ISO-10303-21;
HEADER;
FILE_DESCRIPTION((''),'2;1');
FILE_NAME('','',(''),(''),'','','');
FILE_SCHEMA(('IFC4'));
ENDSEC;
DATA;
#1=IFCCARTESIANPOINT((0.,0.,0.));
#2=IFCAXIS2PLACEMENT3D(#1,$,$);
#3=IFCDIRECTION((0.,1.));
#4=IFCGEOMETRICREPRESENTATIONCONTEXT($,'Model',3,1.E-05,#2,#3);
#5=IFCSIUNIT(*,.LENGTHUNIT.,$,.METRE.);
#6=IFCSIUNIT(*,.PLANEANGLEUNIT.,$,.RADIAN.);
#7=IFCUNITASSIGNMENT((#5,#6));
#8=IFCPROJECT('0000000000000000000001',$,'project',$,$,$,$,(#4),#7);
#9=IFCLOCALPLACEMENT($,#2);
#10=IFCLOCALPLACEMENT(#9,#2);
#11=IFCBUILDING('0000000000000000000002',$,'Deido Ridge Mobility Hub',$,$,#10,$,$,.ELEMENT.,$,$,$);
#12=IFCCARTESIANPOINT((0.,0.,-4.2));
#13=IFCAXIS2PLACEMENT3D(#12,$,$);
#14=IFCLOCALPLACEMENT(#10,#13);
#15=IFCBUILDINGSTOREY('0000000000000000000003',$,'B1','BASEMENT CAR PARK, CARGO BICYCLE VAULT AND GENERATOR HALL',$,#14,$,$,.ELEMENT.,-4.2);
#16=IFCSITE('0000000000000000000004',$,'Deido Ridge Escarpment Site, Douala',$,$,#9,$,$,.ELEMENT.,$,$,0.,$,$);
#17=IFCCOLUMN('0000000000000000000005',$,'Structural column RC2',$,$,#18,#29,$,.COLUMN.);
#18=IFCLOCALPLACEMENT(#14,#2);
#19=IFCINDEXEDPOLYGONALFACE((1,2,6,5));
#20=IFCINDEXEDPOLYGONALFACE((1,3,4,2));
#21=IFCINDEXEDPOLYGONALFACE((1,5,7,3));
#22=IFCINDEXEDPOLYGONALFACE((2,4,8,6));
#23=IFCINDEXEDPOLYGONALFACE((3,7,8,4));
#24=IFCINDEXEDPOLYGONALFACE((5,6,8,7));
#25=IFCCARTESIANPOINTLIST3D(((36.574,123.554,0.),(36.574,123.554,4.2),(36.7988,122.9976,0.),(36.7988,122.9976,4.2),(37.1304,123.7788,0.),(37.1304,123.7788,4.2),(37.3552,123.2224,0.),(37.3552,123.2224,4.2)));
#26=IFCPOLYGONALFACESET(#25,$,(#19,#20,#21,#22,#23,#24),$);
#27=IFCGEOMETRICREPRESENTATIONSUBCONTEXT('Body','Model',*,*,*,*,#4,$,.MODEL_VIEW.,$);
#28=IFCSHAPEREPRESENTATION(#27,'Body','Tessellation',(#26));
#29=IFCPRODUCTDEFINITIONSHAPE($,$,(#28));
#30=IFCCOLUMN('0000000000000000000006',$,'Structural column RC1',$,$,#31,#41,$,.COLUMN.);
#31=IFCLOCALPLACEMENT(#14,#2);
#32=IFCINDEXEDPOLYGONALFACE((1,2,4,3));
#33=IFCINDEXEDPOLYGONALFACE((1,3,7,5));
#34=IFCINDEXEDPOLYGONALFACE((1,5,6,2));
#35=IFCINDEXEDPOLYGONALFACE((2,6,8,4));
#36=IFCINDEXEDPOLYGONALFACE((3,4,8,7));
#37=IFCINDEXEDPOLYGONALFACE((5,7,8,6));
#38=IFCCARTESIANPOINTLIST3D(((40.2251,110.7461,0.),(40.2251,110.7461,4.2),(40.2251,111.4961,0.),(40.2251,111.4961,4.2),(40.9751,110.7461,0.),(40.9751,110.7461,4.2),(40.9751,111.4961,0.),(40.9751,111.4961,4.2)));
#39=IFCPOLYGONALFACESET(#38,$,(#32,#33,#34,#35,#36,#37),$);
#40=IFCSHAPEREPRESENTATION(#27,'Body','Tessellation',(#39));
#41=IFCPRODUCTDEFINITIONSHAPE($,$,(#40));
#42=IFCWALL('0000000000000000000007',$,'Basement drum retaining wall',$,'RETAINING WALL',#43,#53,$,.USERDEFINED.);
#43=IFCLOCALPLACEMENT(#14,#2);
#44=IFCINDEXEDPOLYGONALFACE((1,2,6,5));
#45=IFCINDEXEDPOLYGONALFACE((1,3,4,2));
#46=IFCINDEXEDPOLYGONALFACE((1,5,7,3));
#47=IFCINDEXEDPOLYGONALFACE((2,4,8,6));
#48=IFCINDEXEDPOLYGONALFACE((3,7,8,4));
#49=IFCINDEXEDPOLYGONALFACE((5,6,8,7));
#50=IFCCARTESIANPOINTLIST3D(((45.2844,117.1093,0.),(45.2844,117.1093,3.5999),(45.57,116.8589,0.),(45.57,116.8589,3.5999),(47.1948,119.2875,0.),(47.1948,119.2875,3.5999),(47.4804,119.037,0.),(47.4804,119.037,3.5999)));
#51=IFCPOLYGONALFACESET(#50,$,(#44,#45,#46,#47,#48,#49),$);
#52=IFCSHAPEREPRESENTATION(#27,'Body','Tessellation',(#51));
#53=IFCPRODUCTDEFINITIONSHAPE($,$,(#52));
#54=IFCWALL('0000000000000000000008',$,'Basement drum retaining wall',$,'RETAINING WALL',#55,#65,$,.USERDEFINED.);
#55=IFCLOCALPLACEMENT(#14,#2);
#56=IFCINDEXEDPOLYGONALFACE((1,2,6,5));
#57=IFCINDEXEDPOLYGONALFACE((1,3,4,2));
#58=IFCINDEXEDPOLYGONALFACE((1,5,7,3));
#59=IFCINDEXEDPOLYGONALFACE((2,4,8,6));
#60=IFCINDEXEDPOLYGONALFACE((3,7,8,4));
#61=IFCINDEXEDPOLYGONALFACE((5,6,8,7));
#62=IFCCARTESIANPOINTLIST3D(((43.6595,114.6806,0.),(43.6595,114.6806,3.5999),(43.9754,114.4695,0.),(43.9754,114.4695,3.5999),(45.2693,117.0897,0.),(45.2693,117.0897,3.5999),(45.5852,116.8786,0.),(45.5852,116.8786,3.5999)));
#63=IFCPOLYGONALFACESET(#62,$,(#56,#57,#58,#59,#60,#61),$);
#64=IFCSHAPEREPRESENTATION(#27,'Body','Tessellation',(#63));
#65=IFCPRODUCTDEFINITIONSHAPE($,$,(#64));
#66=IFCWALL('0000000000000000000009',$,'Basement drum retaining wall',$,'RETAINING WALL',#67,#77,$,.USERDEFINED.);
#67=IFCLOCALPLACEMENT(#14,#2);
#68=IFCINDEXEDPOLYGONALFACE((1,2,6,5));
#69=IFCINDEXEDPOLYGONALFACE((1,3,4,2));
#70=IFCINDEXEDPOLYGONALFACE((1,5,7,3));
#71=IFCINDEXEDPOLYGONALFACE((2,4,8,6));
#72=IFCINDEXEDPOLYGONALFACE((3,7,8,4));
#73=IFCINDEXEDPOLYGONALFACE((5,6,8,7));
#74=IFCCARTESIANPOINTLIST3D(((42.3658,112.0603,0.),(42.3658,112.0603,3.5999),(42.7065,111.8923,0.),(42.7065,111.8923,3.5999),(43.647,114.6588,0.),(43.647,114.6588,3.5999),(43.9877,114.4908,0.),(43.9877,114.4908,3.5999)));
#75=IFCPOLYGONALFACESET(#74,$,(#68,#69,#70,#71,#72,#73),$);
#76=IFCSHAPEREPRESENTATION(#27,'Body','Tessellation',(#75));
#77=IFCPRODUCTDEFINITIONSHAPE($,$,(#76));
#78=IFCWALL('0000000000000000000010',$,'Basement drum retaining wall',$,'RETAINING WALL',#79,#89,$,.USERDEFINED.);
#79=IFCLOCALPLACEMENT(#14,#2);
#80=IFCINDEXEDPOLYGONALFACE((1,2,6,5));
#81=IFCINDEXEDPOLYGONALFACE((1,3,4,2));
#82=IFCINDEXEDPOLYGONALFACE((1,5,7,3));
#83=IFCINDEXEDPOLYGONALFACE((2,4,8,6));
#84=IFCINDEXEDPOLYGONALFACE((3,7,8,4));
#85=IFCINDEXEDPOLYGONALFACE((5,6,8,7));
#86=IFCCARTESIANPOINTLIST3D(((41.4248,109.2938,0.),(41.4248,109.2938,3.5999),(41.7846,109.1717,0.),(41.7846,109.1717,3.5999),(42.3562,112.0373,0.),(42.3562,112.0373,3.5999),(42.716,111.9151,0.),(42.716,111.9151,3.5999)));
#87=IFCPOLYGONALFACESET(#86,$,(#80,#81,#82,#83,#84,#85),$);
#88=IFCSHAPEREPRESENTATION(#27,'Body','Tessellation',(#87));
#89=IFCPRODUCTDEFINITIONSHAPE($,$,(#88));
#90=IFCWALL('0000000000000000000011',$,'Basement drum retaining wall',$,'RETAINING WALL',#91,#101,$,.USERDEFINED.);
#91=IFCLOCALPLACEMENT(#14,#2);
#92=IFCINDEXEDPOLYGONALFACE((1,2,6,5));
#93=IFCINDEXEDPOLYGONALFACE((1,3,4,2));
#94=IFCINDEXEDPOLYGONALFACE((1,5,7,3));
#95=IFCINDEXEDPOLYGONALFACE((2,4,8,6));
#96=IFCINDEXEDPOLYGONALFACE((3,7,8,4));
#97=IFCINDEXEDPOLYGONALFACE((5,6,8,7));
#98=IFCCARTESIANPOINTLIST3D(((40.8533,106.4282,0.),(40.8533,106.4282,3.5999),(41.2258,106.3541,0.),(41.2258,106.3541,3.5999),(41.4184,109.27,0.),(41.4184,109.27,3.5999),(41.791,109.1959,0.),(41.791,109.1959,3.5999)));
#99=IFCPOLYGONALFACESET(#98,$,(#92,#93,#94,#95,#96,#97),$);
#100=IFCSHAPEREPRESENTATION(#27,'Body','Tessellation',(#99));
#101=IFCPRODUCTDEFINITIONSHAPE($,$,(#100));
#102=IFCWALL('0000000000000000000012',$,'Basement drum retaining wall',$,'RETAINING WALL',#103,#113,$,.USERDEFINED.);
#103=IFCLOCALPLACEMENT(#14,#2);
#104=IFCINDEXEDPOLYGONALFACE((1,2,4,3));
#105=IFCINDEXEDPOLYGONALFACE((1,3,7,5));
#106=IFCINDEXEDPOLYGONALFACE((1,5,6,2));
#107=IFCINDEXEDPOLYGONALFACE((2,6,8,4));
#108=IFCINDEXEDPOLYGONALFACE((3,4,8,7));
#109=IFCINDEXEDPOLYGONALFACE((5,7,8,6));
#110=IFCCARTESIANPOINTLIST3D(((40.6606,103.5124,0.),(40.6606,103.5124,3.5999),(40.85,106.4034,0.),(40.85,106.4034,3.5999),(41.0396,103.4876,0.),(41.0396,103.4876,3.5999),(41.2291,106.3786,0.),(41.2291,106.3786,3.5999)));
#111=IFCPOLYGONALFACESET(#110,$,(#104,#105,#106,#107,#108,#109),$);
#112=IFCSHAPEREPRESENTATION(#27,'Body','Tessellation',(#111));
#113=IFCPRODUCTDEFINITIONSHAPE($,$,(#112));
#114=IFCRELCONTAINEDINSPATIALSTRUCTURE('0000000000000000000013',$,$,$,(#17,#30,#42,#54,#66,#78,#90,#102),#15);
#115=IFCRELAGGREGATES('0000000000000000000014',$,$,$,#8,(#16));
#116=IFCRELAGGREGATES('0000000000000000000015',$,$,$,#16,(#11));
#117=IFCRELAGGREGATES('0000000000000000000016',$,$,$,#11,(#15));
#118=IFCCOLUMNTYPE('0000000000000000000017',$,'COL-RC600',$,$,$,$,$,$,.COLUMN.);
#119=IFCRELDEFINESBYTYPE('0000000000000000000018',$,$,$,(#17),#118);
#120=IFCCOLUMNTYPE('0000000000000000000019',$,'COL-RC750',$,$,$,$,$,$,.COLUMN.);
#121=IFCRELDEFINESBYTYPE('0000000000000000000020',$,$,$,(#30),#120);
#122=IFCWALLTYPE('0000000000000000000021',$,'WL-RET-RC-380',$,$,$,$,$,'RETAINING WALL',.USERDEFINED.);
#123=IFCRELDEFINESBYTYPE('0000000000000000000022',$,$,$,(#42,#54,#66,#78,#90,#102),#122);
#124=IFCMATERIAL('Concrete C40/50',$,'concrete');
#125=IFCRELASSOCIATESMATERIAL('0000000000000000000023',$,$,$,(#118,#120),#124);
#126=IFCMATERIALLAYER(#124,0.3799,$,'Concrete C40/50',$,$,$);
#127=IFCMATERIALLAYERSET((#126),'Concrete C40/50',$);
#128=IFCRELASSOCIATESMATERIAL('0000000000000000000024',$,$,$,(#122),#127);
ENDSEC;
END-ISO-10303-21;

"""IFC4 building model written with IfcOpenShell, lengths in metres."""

from ifc_helpers import new_model, si_unit, direction, frame, frame_2d, origin, origin_2d, place, context, subcontext, project, spatial, rectangle, extrude, material, layer, layer_set, material_profile, profile_set, type_object, element, save


model = new_model("IFC4")

# Units and contexts
model_context = context("Model", 3, precision=1e-05, world=origin(), true_north=direction((0.0, 1.0)))
body_context = subcontext(model_context, "Body", "Model", "MODEL_VIEW")
ifc_project = project(units=[si_unit("LENGTHUNIT", "METRE"), si_unit("PLANEANGLEUNIT", "RADIAN")], contexts=[model_context])

# Site, building, storey
site_placement = place(None, origin())
site = spatial("IfcSite", under=ifc_project, at=site_placement, Name="Deido Ridge Escarpment Site, Douala", CompositionType="ELEMENT", RefElevation=0.0)
building_placement = place(site_placement, origin())
building = spatial("IfcBuilding", under=site, at=building_placement, Name="Deido Ridge Mobility Hub", CompositionType="ELEMENT")
storey_placement = place(building_placement, frame((0.0, 0.0, -4.2)))
storey = spatial("IfcBuildingStorey", under=building, at=storey_placement, Name="B1", Description="BASEMENT CAR PARK, CARGO BICYCLE VAULT AND GENERATOR HALL", CompositionType="ELEMENT", Elevation=-4.2)

# Shared definitions
ifc_material_1 = material(Name="Concrete C40/50", Category="concrete")

# Columns
ifc_material_profile_1 = material_profile(ifc_material_1, rectangle(XDim=0.6001, YDim=0.6001, at=origin_2d()), Name="RC COL 600x600")
ifc_profile_set_1 = profile_set([ifc_material_profile_1], Name="Concrete C40/50")
column_type_1 = type_object("IfcColumnType", Name="COL-RC600", PredefinedType="COLUMN", material=ifc_profile_set_1)
column_1_placement = place(storey_placement, frame((36.9646, 123.3882, 0.0), z_axis=(0.0, 0.0, 1.0), x_axis=(-0.374607, 0.927184, 0.0)))
element("IfcColumn", 1, at=column_1_placement, inside=storey, type_object=column_type_1, Name="Structural column RC2", PredefinedType="COLUMN", context=body_context, shape_type="SweptSolid", body=[
    extrude(rectangle(XDim=0.6001, YDim=0.6001, at=origin_2d()), origin(), (0.0, 0.0, 1.0), 4.2),
])
ifc_material_profile_2 = material_profile(ifc_material_1, rectangle(XDim=0.75, YDim=0.75, at=origin_2d()), Name="RC COL 750x750")
ifc_profile_set_2 = profile_set([ifc_material_profile_2], Name="Concrete C40/50")
column_type_2 = type_object("IfcColumnType", Name="COL-RC750", PredefinedType="COLUMN", material=ifc_profile_set_2)
column_2_placement = place(storey_placement, frame((40.6001, 111.1211, 0.0), z_axis=(0.0, 0.0, 1.0), x_axis=(1.0, 0.0, 0.0)))
element("IfcColumn", 2, at=column_2_placement, inside=storey, type_object=column_type_2, Name="Structural column RC1", PredefinedType="COLUMN", context=body_context, shape_type="SweptSolid", body=[
    extrude(rectangle(XDim=0.75, YDim=0.75, at=origin_2d()), origin(), (0.0, 0.0, 1.0), 4.2),
])

# Walls
ifc_layer = layer(ifc_material_1, 0.3799, Name="Concrete C40/50")
ifc_layer_set = layer_set([ifc_layer], Name="Concrete C40/50")
wall_type = type_object("IfcWallType", Name="WL-RET-RC-380", ElementType="RETAINING WALL", PredefinedType="USERDEFINED", material=ifc_layer_set)
wall_1_placement = place(storey_placement, frame((47.3376, 119.1624, 0.0), z_axis=(0.0, 0.0, 1.0), x_axis=(-0.659375, -0.751814, 0.0)))
element("IfcWall", 3, at=wall_1_placement, inside=storey, type_object=wall_type, Name="Basement drum retaining wall", ObjectType="RETAINING WALL", PredefinedType="USERDEFINED", context=body_context, shape_type="SweptSolid", body=[
    extrude(rectangle(XDim=2.8972, YDim=0.3799, at=frame_2d((1.4487, 0.0))), origin(), (0.0, 0.0, 1.0), 3.5999),
])
wall_2_placement = place(storey_placement, frame((45.4272, 116.9841, 0.0), z_axis=(0.0, 0.0, 1.0), x_axis=(-0.555594, -0.831454, 0.0)))
element("IfcWall", 4, at=wall_2_placement, inside=storey, type_object=wall_type, Name="Basement drum retaining wall", ObjectType="RETAINING WALL", PredefinedType="USERDEFINED", context=body_context, shape_type="SweptSolid", body=[
    extrude(rectangle(XDim=2.8975, YDim=0.3799, at=frame_2d((1.4487, 0.0))), origin(), (0.0, 0.0, 1.0), 3.5999),
])
for number, where, z_axis, x_axis, name in (
    (5, (43.8174, 114.575, 0.0), (0.0, 0.0, 1.0), (-0.442218, -0.896907, 0.0), "Basement drum retaining wall"),
    (6, (42.5361, 111.9763, 0.0), (0.0, 0.0, 1.0), (-0.321481, -0.946916, 0.0), "Basement drum retaining wall"),
):
    element("IfcWall", number, at=place(storey_placement, frame(where, z_axis=z_axis, x_axis=x_axis)), inside=storey, type_object=wall_type, Name=name, ObjectType="RETAINING WALL", PredefinedType="USERDEFINED", context=body_context, shape_type="SweptSolid", body=[
        extrude(rectangle(XDim=2.8972, YDim=0.3799, at=frame_2d((1.4487, 0.0))), origin(), (0.0, 0.0, 1.0), 3.5999),
    ])
wall_3_placement = place(storey_placement, frame((41.6047, 109.2329, 0.0), z_axis=(0.0, 0.0, 1.0), x_axis=(-0.195063, -0.980791, 0.0)))
element("IfcWall", 7, at=wall_3_placement, inside=storey, type_object=wall_type, Name="Basement drum retaining wall", ObjectType="RETAINING WALL", PredefinedType="USERDEFINED", context=body_context, shape_type="SweptSolid", body=[
    extrude(rectangle(XDim=2.8975, YDim=0.3799, at=frame_2d((1.4487, 0.0))), origin(), (0.0, 0.0, 1.0), 3.5999),
])
wall_4_placement = place(storey_placement, frame((41.0396, 106.3911, 0.0), z_axis=(0.0, 0.0, 1.0), x_axis=(-0.065389, -0.99786, 0.0)))
element("IfcWall", 8, at=wall_4_placement, inside=storey, type_object=wall_type, Name="Basement drum retaining wall", ObjectType="RETAINING WALL", PredefinedType="USERDEFINED", context=body_context, shape_type="SweptSolid", body=[
    extrude(rectangle(XDim=2.8972, YDim=0.3799, at=frame_2d((1.4487, 0.0))), origin(), (0.0, 0.0, 1.0), 3.5999),
])

save(model, "model.ifc")
